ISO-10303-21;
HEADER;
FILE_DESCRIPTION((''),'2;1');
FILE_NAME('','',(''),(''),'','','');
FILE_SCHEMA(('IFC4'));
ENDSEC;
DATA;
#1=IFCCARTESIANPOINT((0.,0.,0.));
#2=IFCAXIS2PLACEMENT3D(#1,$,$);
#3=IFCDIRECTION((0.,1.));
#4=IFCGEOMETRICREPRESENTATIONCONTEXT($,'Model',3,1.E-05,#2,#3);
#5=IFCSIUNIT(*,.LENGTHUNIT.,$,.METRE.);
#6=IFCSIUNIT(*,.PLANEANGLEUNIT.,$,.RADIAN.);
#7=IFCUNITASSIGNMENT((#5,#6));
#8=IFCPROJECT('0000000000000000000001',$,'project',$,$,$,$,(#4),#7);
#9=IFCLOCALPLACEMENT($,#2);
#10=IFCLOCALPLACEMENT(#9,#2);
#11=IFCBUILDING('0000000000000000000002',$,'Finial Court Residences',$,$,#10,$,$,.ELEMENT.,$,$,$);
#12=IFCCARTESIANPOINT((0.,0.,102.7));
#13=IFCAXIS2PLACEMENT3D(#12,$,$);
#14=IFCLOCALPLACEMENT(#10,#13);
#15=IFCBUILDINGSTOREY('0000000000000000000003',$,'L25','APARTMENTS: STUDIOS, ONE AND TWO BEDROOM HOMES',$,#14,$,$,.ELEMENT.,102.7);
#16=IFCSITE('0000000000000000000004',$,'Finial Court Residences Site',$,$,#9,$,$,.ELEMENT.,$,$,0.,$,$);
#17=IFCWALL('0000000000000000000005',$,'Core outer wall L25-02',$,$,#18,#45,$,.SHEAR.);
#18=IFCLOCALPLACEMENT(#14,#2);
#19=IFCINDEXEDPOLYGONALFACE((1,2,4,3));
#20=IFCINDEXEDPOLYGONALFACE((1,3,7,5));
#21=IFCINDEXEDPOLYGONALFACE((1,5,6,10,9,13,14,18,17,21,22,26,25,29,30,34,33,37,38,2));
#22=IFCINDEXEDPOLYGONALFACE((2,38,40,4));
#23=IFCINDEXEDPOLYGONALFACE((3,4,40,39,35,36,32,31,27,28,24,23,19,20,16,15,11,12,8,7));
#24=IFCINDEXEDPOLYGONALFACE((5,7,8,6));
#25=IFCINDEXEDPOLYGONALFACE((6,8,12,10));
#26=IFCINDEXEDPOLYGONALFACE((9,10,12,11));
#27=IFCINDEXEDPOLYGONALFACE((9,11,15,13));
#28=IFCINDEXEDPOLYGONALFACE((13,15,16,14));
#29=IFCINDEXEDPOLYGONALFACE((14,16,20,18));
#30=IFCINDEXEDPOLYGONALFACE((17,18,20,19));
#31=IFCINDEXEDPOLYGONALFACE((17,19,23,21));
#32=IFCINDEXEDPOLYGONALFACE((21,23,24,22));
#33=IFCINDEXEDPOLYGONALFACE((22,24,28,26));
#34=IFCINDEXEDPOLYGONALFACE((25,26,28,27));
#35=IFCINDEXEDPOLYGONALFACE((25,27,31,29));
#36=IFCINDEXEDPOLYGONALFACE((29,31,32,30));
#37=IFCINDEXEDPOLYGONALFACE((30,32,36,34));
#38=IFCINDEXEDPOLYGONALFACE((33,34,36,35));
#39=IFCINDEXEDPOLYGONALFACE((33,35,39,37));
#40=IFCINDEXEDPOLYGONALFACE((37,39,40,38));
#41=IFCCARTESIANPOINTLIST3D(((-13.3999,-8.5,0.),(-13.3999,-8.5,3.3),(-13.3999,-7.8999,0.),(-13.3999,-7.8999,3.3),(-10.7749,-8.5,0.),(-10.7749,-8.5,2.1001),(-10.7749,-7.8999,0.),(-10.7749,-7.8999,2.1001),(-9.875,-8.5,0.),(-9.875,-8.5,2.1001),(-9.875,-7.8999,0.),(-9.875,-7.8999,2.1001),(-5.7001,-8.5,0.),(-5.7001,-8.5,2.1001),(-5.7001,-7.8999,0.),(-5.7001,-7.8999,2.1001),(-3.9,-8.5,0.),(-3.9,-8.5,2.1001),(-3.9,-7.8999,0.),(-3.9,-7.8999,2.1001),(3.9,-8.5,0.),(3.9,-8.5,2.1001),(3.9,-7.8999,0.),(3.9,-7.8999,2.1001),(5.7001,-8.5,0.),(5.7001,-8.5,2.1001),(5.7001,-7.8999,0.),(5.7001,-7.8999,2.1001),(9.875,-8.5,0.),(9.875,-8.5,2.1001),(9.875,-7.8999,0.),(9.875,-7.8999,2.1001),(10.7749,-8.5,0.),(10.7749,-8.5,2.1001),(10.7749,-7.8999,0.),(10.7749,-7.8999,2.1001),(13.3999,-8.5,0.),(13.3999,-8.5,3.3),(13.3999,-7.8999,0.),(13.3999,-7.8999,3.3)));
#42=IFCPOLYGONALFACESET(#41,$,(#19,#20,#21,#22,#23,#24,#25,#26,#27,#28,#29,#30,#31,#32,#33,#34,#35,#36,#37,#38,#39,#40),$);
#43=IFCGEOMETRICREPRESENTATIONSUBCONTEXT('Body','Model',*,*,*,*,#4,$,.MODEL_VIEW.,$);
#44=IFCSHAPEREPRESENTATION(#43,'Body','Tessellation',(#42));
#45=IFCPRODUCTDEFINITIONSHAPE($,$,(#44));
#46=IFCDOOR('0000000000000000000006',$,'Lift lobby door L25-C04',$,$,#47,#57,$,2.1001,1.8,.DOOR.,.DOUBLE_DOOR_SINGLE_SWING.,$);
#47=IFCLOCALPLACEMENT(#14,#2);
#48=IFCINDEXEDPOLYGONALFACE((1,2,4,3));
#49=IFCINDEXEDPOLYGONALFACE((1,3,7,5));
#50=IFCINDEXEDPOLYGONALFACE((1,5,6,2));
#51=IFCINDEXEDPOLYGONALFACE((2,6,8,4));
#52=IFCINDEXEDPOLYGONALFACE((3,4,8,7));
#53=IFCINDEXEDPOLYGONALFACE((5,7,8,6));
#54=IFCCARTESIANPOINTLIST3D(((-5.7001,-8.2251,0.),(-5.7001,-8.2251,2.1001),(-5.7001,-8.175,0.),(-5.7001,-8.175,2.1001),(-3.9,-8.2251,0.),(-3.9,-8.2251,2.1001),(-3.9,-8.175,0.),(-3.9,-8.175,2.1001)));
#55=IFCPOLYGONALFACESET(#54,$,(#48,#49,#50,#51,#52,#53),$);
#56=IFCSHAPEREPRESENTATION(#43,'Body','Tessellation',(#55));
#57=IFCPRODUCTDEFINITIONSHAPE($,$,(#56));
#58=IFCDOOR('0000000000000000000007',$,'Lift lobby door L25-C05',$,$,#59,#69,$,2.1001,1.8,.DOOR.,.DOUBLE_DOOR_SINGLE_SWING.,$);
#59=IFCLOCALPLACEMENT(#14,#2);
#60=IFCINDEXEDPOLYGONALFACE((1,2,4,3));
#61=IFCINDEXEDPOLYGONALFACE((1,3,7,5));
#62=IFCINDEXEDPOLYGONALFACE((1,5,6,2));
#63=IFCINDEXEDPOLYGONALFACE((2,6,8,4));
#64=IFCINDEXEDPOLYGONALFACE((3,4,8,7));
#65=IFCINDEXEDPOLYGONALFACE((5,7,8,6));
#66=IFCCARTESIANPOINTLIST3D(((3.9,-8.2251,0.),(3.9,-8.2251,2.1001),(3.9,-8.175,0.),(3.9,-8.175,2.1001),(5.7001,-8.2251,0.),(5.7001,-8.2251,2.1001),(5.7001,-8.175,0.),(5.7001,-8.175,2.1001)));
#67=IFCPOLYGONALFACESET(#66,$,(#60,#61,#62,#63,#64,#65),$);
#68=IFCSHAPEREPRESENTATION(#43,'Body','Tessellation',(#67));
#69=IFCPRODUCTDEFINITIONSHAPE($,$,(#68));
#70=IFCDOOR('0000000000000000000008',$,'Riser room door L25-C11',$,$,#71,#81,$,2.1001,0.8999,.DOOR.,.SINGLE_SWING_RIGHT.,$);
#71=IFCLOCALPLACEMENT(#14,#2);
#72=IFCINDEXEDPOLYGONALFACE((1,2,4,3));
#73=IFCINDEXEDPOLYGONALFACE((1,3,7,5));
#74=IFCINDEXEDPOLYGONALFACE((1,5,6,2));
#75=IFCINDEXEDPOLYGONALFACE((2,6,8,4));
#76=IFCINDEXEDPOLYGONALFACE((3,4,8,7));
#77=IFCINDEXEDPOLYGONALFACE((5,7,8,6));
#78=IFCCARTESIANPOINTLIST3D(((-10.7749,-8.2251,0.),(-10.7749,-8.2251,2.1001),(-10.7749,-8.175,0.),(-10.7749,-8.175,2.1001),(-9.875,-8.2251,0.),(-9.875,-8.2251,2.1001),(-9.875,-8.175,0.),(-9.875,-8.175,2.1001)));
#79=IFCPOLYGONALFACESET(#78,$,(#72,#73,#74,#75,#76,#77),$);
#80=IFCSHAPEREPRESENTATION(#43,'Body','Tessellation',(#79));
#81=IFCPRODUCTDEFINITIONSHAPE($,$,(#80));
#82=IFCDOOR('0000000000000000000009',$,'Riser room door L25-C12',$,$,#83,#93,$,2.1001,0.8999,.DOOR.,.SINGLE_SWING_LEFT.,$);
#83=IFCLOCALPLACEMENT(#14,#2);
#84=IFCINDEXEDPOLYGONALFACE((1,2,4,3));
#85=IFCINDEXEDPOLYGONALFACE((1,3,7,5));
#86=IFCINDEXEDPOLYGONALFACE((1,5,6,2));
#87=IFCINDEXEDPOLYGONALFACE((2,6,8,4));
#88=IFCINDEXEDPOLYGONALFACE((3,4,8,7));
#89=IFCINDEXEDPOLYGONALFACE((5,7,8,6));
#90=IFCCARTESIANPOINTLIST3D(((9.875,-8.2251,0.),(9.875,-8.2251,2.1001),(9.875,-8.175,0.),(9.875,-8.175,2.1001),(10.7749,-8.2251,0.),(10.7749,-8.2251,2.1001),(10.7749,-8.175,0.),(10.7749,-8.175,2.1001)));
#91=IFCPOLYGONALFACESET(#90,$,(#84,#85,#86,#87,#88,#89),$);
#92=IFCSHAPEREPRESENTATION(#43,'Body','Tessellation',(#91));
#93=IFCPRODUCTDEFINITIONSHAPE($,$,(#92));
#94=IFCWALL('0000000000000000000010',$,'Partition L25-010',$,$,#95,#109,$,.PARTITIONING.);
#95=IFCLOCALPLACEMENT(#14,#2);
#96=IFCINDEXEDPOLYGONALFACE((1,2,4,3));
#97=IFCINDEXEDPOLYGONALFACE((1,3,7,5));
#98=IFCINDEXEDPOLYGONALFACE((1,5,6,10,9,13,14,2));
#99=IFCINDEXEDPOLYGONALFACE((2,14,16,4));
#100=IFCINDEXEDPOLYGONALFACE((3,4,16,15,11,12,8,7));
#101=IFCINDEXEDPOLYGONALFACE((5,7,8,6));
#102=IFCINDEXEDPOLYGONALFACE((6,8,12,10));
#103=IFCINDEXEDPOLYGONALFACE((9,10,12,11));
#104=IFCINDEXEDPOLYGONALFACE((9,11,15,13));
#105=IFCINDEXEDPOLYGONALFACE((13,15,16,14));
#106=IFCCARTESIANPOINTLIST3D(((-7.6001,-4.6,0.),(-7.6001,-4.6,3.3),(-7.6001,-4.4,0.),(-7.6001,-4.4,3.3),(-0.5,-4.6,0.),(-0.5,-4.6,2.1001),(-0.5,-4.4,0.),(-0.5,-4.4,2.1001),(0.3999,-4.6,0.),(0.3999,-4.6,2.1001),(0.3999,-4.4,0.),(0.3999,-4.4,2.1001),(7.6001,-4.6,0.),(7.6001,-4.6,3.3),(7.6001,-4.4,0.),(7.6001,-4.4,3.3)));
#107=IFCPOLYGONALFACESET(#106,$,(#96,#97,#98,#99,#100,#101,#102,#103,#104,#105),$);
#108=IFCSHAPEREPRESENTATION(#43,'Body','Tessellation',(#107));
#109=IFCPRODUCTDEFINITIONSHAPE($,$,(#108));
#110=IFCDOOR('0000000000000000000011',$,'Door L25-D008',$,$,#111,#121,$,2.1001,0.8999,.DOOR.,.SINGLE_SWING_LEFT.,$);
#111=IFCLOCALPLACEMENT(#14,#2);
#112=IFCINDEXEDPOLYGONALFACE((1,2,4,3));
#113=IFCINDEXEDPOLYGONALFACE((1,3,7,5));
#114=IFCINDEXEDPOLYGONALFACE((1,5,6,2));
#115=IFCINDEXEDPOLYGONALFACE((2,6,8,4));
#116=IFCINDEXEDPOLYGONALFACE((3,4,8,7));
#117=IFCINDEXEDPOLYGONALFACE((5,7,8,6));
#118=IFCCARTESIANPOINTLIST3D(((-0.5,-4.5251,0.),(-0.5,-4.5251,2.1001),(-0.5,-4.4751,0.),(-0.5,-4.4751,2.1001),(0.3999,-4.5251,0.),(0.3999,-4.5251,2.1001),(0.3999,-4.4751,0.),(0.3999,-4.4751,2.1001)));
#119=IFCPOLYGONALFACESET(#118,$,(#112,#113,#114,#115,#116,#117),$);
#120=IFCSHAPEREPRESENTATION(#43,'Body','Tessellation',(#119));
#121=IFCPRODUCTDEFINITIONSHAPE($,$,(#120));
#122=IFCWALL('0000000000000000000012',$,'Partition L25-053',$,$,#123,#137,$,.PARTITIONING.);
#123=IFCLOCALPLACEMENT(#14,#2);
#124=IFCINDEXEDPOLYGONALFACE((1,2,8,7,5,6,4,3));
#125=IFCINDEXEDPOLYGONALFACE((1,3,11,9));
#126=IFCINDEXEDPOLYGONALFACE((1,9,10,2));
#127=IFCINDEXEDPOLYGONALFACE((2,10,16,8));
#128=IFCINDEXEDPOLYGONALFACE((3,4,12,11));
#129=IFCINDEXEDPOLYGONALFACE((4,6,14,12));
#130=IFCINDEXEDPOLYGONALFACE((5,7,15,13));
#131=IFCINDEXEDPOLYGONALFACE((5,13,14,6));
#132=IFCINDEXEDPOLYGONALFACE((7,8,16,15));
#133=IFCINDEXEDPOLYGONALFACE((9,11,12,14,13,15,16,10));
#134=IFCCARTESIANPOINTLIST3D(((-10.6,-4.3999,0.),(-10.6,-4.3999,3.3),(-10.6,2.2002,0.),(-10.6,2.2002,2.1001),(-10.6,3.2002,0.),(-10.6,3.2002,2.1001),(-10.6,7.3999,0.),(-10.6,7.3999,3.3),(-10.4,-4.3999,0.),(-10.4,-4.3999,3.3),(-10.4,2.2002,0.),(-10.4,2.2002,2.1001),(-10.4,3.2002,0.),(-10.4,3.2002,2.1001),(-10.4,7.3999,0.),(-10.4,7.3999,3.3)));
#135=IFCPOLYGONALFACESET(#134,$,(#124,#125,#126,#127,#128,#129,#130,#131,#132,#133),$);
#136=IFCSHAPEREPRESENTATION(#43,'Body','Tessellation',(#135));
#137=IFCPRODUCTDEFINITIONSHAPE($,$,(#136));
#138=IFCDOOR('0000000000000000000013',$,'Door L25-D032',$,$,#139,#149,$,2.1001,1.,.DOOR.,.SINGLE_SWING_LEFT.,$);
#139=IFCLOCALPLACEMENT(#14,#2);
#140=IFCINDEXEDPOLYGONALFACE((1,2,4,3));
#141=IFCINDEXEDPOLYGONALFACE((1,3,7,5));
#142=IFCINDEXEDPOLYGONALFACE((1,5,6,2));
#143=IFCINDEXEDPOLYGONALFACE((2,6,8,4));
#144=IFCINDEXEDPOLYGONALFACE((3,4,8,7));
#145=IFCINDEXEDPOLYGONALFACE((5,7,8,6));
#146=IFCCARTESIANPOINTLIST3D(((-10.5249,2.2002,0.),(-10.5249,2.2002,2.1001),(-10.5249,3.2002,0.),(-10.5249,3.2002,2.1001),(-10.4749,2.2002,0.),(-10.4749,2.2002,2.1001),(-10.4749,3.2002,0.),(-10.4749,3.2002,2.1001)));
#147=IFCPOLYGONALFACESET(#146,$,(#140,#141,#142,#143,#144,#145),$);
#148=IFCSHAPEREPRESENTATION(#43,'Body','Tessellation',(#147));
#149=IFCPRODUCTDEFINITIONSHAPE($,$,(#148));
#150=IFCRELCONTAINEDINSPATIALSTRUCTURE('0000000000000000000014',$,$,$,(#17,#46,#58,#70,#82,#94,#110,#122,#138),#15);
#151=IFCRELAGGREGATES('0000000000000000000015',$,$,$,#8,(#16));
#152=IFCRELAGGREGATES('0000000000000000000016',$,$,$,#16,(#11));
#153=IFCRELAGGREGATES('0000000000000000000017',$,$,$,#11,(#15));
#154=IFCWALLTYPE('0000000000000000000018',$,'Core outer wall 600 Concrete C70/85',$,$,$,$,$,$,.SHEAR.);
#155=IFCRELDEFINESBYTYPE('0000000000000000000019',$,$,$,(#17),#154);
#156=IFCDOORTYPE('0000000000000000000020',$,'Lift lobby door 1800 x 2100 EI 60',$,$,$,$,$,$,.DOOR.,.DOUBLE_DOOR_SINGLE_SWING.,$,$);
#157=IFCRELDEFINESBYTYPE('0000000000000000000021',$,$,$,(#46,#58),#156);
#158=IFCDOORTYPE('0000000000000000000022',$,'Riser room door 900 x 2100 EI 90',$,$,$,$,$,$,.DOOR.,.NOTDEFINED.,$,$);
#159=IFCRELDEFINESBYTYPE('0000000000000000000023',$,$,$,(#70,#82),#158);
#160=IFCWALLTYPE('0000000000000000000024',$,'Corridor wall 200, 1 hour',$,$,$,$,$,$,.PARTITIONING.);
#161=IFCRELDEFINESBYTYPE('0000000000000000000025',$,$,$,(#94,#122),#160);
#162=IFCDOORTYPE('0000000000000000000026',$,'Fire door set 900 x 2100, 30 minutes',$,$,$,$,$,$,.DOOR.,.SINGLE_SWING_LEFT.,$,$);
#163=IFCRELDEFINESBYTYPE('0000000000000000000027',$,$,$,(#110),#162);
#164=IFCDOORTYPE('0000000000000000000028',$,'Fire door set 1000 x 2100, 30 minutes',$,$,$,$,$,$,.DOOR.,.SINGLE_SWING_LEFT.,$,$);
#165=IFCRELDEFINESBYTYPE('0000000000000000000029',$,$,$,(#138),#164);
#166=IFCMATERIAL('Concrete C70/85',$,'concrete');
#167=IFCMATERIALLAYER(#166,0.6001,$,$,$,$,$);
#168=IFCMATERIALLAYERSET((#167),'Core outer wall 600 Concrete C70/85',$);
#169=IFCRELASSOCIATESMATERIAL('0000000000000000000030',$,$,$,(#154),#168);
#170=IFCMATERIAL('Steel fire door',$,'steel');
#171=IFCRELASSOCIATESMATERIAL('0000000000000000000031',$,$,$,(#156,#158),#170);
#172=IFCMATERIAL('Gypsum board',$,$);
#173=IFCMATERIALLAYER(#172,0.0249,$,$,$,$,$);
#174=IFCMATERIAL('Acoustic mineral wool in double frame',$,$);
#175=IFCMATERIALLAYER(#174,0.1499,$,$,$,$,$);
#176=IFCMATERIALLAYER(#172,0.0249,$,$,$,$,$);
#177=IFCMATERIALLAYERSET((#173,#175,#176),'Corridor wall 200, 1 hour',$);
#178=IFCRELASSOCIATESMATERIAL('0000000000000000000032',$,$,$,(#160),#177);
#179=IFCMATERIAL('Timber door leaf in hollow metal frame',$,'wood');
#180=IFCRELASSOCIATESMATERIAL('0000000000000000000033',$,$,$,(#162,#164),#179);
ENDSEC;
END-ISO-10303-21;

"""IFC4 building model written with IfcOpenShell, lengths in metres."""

from ifc_helpers import new_model, si_unit, direction, frame, frame_2d, origin, place, context, subcontext, project, spatial, rectangle, extrude, material, layer, layer_set, type_object, element, fill, save


model = new_model("IFC4")

# Units and contexts
model_context = context("Model", 3, precision=1e-05, world=origin(), true_north=direction((0.0, 1.0)))
body_context = subcontext(model_context, "Body", "Model", "MODEL_VIEW")
ifc_project = project(units=[si_unit("LENGTHUNIT", "METRE"), si_unit("PLANEANGLEUNIT", "RADIAN")], contexts=[model_context])

# Site, building, storey
site_placement = place(None, origin())
site = spatial("IfcSite", under=ifc_project, at=site_placement, Name="Finial Court Residences Site", CompositionType="ELEMENT", RefElevation=0.0)
building_placement = place(site_placement, origin())
building = spatial("IfcBuilding", under=site, at=building_placement, Name="Finial Court Residences", CompositionType="ELEMENT")
storey_placement = place(building_placement, frame((0.0, 0.0, 102.7)))
storey = spatial("IfcBuildingStorey", under=building, at=storey_placement, Name="L25", Description="APARTMENTS: STUDIOS, ONE AND TWO BEDROOM HOMES", CompositionType="ELEMENT", Elevation=102.7)

# Shared definitions
ifc_material_1 = material(Name="Concrete C70/85", Category="concrete")

# Wall, openings, doors
ifc_layer_1 = layer(ifc_material_1, 0.6001)
ifc_layer_set_1 = layer_set([ifc_layer_1], Name="Core outer wall 600 Concrete C70/85")
wall_type_1 = type_object("IfcWallType", Name="Core outer wall 600 Concrete C70/85", PredefinedType="SHEAR", material=ifc_layer_set_1)
wall_1_placement = place(storey_placement, frame((-13.3999, -8.2, 0.0), z_axis=(0.0, 0.0, 1.0), x_axis=(1.0, 0.0, 0.0)))
wall_1 = element("IfcWall", 1, at=wall_1_placement, inside=storey, type_object=wall_type_1, Name="Core outer wall L25-02", PredefinedType="SHEAR", context=body_context, shape_type="SweptSolid", body=[
    extrude(rectangle(XDim=26.7998, YDim=0.6001, at=frame_2d((13.3999, 0.0))), origin(), (0.0, 0.0, 1.0), 3.3),
])
opening_1_placement = place(wall_1_placement, frame((7.7, 0.0, 0.0)))
opening_1 = element("IfcOpeningElement", 2, at=opening_1_placement, cuts=wall_1, PredefinedType="OPENING", context=body_context, shape_type="SweptSolid", body=[
    extrude(rectangle(XDim=1.8, YDim=2.1001, at=frame_2d((0.8999, 1.05))), frame((0.0, 0.3101, 0.0), z_axis=(0.0, -1.0, 0.0), x_axis=(1.0, 0.0, 0.0)), (0.0, 0.0, 1.0), 0.6201),
])
opening_2_placement = place(wall_1_placement, frame((17.3, 0.0, 0.0)))
opening_2 = element("IfcOpeningElement", 3, at=opening_2_placement, cuts=wall_1, PredefinedType="OPENING", context=body_context, shape_type="SweptSolid", body=[
    extrude(rectangle(XDim=1.8, YDim=2.1001, at=frame_2d((0.8999, 1.05))), frame((0.0, 0.3101, 0.0), z_axis=(0.0, -1.0, 0.0), x_axis=(1.0, 0.0, 0.0)), (0.0, 0.0, 1.0), 0.6201),
])
opening_3_placement = place(wall_1_placement, frame((2.625, 0.0, 0.0)))
opening_3 = element("IfcOpeningElement", 4, at=opening_3_placement, cuts=wall_1, PredefinedType="OPENING", context=body_context, shape_type="SweptSolid", body=[
    extrude(rectangle(XDim=0.8999, YDim=2.1001, at=frame_2d((0.45, 1.05))), frame((0.0, 0.3101, 0.0), z_axis=(0.0, -1.0, 0.0), x_axis=(1.0, 0.0, 0.0)), (0.0, 0.0, 1.0), 0.6201),
])
opening_4_placement = place(wall_1_placement, frame((23.2749, 0.0, 0.0)))
opening_4 = element("IfcOpeningElement", 5, at=opening_4_placement, cuts=wall_1, PredefinedType="OPENING", context=body_context, shape_type="SweptSolid", body=[
    extrude(rectangle(XDim=0.8999, YDim=2.1001, at=frame_2d((0.45, 1.05))), frame((0.0, 0.3101, 0.0), z_axis=(0.0, -1.0, 0.0), x_axis=(1.0, 0.0, 0.0)), (0.0, 0.0, 1.0), 0.6201),
])
ifc_material_2 = material(Name="Steel fire door", Category="steel")
door_type_1 = type_object("IfcDoorType", Name="Lift lobby door 1800 x 2100 EI 60", OperationType="DOUBLE_DOOR_SINGLE_SWING", PredefinedType="DOOR", material=ifc_material_2)
door_1_placement = place(opening_1_placement, origin())
door_1 = element("IfcDoor", 6, at=door_1_placement, inside=storey, type_object=door_type_1, Name="Lift lobby door L25-C04", OperationType="DOUBLE_DOOR_SINGLE_SWING", OverallHeight=2.1001, OverallWidth=1.8, PredefinedType="DOOR", context=body_context, shape_type="SweptSolid", body=[
    extrude(rectangle(XDim=1.8, YDim=2.1001, at=frame_2d((0.8999, 1.05))), frame((0.0, 0.0249, 0.0), z_axis=(0.0, -1.0, 0.0), x_axis=(1.0, 0.0, 0.0)), (0.0, 0.0, 1.0), 0.05),
])
fill(opening_1, door_1)
door_2_placement = place(opening_2_placement, origin())
door_2 = element("IfcDoor", 7, at=door_2_placement, inside=storey, type_object=door_type_1, Name="Lift lobby door L25-C05", OperationType="DOUBLE_DOOR_SINGLE_SWING", OverallHeight=2.1001, OverallWidth=1.8, PredefinedType="DOOR", context=body_context, shape_type="SweptSolid", body=[
    extrude(rectangle(XDim=1.8, YDim=2.1001, at=frame_2d((0.8999, 1.05))), frame((0.0, 0.0249, 0.0), z_axis=(0.0, -1.0, 0.0), x_axis=(1.0, 0.0, 0.0)), (0.0, 0.0, 1.0), 0.05),
])
fill(opening_2, door_2)
door_type_2 = type_object("IfcDoorType", Name="Riser room door 900 x 2100 EI 90", OperationType="NOTDEFINED", PredefinedType="DOOR", material=ifc_material_2)
door_3_placement = place(opening_3_placement, origin())
door_3 = element("IfcDoor", 8, at=door_3_placement, inside=storey, type_object=door_type_2, Name="Riser room door L25-C11", OperationType="SINGLE_SWING_RIGHT", OverallHeight=2.1001, OverallWidth=0.8999, PredefinedType="DOOR", context=body_context, shape_type="SweptSolid", body=[
    extrude(rectangle(XDim=0.8999, YDim=2.1001, at=frame_2d((0.45, 1.05))), frame((0.0, 0.0249, 0.0), z_axis=(0.0, -1.0, 0.0), x_axis=(1.0, 0.0, 0.0)), (0.0, 0.0, 1.0), 0.05),
])
fill(opening_3, door_3)
door_4_placement = place(opening_4_placement, origin())
door_4 = element("IfcDoor", 9, at=door_4_placement, inside=storey, type_object=door_type_2, Name="Riser room door L25-C12", OperationType="SINGLE_SWING_LEFT", OverallHeight=2.1001, OverallWidth=0.8999, PredefinedType="DOOR", context=body_context, shape_type="SweptSolid", body=[
    extrude(rectangle(XDim=0.8999, YDim=2.1001, at=frame_2d((0.45, 1.05))), frame((0.0, 0.0249, 0.0), z_axis=(0.0, -1.0, 0.0), x_axis=(1.0, 0.0, 0.0)), (0.0, 0.0, 1.0), 0.05),
])
fill(opening_4, door_4)

# Walls, openings, doors
ifc_material_3 = material(Name="Gypsum board")
ifc_layer_2 = layer(ifc_material_3, 0.0249)
ifc_material_4 = material(Name="Acoustic mineral wool in double frame")
ifc_layer_3 = layer(ifc_material_4, 0.1499)
ifc_layer_4 = layer(ifc_material_3, 0.0249)
ifc_layer_set_2 = layer_set([ifc_layer_2, ifc_layer_3, ifc_layer_4], Name="Corridor wall 200, 1 hour")
wall_type_2 = type_object("IfcWallType", Name="Corridor wall 200, 1 hour", PredefinedType="PARTITIONING", material=ifc_layer_set_2)
wall_2_placement = place(storey_placement, frame((-7.6001, -4.5, 0.0), z_axis=(0.0, 0.0, 1.0), x_axis=(1.0, 0.0, 0.0)))
wall_2 = element("IfcWall", 10, at=wall_2_placement, inside=storey, type_object=wall_type_2, Name="Partition L25-010", PredefinedType="PARTITIONING", context=body_context, shape_type="SweptSolid", body=[
    extrude(rectangle(XDim=15.2002, YDim=0.2, at=frame_2d((7.6001, 0.0))), origin(), (0.0, 0.0, 1.0), 3.3),
])
opening_5_placement = place(wall_2_placement, frame((7.1001, 0.0, 0.0)))
opening_5 = element("IfcOpeningElement", 11, at=opening_5_placement, cuts=wall_2, PredefinedType="OPENING", context=body_context, shape_type="SweptSolid", body=[
    extrude(rectangle(XDim=0.8999, YDim=2.1001, at=frame_2d((0.45, 1.05))), frame((0.0, 0.1099, 0.0), z_axis=(0.0, -1.0, 0.0), x_axis=(1.0, 0.0, 0.0)), (0.0, 0.0, 1.0), 0.22),
])
ifc_material_5 = material(Name="Timber door leaf in hollow metal frame", Category="wood")
door_type_3 = type_object("IfcDoorType", Name="Fire door set 900 x 2100, 30 minutes", OperationType="SINGLE_SWING_LEFT", PredefinedType="DOOR", material=ifc_material_5)
door_5_placement = place(opening_5_placement, origin())
door_5 = element("IfcDoor", 12, at=door_5_placement, inside=storey, type_object=door_type_3, Name="Door L25-D008", OperationType="SINGLE_SWING_LEFT", OverallHeight=2.1001, OverallWidth=0.8999, PredefinedType="DOOR", context=body_context, shape_type="SweptSolid", body=[
    extrude(rectangle(XDim=0.8999, YDim=2.1001, at=frame_2d((0.45, 1.05))), frame((0.0, 0.0249, 0.0), z_axis=(0.0, -1.0, 0.0), x_axis=(1.0, 0.0, 0.0)), (0.0, 0.0, 1.0), 0.05),
])
fill(opening_5, door_5)
wall_3_placement = place(storey_placement, frame((-10.5, -4.3999, 0.0), z_axis=(0.0, 0.0, 1.0), x_axis=(0.0, 1.0, 0.0)))
wall_3 = element("IfcWall", 13, at=wall_3_placement, inside=storey, type_object=wall_type_2, Name="Partition L25-053", PredefinedType="PARTITIONING", context=body_context, shape_type="SweptSolid", body=[
    extrude(rectangle(XDim=11.7998, YDim=0.2, at=frame_2d((5.8999, 0.0))), origin(), (0.0, 0.0, 1.0), 3.3),
])
opening_6_placement = place(wall_3_placement, frame((6.6001, 0.0, 0.0)))
opening_6 = element("IfcOpeningElement", 14, at=opening_6_placement, cuts=wall_3, PredefinedType="OPENING", context=body_context, shape_type="SweptSolid", body=[
    extrude(rectangle(XDim=1.0, YDim=2.1001, at=frame_2d((0.5, 1.05))), frame((0.0, 0.1099, 0.0), z_axis=(0.0, -1.0, 0.0), x_axis=(1.0, 0.0, 0.0)), (0.0, 0.0, 1.0), 0.22),
])
door_type_4 = type_object("IfcDoorType", Name="Fire door set 1000 x 2100, 30 minutes", OperationType="SINGLE_SWING_LEFT", PredefinedType="DOOR", material=ifc_material_5)
door_6_placement = place(opening_6_placement, origin())
door_6 = element("IfcDoor", 15, at=door_6_placement, inside=storey, type_object=door_type_4, Name="Door L25-D032", OperationType="SINGLE_SWING_LEFT", OverallHeight=2.1001, OverallWidth=1.0, PredefinedType="DOOR", context=body_context, shape_type="SweptSolid", body=[
    extrude(rectangle(XDim=1.0, YDim=2.1001, at=frame_2d((0.5, 1.05))), frame((0.0, 0.0249, 0.0), z_axis=(0.0, -1.0, 0.0), x_axis=(1.0, 0.0, 0.0)), (0.0, 0.0, 1.0), 0.05),
])
fill(opening_6, door_6)

save(model, "model.ifc")
